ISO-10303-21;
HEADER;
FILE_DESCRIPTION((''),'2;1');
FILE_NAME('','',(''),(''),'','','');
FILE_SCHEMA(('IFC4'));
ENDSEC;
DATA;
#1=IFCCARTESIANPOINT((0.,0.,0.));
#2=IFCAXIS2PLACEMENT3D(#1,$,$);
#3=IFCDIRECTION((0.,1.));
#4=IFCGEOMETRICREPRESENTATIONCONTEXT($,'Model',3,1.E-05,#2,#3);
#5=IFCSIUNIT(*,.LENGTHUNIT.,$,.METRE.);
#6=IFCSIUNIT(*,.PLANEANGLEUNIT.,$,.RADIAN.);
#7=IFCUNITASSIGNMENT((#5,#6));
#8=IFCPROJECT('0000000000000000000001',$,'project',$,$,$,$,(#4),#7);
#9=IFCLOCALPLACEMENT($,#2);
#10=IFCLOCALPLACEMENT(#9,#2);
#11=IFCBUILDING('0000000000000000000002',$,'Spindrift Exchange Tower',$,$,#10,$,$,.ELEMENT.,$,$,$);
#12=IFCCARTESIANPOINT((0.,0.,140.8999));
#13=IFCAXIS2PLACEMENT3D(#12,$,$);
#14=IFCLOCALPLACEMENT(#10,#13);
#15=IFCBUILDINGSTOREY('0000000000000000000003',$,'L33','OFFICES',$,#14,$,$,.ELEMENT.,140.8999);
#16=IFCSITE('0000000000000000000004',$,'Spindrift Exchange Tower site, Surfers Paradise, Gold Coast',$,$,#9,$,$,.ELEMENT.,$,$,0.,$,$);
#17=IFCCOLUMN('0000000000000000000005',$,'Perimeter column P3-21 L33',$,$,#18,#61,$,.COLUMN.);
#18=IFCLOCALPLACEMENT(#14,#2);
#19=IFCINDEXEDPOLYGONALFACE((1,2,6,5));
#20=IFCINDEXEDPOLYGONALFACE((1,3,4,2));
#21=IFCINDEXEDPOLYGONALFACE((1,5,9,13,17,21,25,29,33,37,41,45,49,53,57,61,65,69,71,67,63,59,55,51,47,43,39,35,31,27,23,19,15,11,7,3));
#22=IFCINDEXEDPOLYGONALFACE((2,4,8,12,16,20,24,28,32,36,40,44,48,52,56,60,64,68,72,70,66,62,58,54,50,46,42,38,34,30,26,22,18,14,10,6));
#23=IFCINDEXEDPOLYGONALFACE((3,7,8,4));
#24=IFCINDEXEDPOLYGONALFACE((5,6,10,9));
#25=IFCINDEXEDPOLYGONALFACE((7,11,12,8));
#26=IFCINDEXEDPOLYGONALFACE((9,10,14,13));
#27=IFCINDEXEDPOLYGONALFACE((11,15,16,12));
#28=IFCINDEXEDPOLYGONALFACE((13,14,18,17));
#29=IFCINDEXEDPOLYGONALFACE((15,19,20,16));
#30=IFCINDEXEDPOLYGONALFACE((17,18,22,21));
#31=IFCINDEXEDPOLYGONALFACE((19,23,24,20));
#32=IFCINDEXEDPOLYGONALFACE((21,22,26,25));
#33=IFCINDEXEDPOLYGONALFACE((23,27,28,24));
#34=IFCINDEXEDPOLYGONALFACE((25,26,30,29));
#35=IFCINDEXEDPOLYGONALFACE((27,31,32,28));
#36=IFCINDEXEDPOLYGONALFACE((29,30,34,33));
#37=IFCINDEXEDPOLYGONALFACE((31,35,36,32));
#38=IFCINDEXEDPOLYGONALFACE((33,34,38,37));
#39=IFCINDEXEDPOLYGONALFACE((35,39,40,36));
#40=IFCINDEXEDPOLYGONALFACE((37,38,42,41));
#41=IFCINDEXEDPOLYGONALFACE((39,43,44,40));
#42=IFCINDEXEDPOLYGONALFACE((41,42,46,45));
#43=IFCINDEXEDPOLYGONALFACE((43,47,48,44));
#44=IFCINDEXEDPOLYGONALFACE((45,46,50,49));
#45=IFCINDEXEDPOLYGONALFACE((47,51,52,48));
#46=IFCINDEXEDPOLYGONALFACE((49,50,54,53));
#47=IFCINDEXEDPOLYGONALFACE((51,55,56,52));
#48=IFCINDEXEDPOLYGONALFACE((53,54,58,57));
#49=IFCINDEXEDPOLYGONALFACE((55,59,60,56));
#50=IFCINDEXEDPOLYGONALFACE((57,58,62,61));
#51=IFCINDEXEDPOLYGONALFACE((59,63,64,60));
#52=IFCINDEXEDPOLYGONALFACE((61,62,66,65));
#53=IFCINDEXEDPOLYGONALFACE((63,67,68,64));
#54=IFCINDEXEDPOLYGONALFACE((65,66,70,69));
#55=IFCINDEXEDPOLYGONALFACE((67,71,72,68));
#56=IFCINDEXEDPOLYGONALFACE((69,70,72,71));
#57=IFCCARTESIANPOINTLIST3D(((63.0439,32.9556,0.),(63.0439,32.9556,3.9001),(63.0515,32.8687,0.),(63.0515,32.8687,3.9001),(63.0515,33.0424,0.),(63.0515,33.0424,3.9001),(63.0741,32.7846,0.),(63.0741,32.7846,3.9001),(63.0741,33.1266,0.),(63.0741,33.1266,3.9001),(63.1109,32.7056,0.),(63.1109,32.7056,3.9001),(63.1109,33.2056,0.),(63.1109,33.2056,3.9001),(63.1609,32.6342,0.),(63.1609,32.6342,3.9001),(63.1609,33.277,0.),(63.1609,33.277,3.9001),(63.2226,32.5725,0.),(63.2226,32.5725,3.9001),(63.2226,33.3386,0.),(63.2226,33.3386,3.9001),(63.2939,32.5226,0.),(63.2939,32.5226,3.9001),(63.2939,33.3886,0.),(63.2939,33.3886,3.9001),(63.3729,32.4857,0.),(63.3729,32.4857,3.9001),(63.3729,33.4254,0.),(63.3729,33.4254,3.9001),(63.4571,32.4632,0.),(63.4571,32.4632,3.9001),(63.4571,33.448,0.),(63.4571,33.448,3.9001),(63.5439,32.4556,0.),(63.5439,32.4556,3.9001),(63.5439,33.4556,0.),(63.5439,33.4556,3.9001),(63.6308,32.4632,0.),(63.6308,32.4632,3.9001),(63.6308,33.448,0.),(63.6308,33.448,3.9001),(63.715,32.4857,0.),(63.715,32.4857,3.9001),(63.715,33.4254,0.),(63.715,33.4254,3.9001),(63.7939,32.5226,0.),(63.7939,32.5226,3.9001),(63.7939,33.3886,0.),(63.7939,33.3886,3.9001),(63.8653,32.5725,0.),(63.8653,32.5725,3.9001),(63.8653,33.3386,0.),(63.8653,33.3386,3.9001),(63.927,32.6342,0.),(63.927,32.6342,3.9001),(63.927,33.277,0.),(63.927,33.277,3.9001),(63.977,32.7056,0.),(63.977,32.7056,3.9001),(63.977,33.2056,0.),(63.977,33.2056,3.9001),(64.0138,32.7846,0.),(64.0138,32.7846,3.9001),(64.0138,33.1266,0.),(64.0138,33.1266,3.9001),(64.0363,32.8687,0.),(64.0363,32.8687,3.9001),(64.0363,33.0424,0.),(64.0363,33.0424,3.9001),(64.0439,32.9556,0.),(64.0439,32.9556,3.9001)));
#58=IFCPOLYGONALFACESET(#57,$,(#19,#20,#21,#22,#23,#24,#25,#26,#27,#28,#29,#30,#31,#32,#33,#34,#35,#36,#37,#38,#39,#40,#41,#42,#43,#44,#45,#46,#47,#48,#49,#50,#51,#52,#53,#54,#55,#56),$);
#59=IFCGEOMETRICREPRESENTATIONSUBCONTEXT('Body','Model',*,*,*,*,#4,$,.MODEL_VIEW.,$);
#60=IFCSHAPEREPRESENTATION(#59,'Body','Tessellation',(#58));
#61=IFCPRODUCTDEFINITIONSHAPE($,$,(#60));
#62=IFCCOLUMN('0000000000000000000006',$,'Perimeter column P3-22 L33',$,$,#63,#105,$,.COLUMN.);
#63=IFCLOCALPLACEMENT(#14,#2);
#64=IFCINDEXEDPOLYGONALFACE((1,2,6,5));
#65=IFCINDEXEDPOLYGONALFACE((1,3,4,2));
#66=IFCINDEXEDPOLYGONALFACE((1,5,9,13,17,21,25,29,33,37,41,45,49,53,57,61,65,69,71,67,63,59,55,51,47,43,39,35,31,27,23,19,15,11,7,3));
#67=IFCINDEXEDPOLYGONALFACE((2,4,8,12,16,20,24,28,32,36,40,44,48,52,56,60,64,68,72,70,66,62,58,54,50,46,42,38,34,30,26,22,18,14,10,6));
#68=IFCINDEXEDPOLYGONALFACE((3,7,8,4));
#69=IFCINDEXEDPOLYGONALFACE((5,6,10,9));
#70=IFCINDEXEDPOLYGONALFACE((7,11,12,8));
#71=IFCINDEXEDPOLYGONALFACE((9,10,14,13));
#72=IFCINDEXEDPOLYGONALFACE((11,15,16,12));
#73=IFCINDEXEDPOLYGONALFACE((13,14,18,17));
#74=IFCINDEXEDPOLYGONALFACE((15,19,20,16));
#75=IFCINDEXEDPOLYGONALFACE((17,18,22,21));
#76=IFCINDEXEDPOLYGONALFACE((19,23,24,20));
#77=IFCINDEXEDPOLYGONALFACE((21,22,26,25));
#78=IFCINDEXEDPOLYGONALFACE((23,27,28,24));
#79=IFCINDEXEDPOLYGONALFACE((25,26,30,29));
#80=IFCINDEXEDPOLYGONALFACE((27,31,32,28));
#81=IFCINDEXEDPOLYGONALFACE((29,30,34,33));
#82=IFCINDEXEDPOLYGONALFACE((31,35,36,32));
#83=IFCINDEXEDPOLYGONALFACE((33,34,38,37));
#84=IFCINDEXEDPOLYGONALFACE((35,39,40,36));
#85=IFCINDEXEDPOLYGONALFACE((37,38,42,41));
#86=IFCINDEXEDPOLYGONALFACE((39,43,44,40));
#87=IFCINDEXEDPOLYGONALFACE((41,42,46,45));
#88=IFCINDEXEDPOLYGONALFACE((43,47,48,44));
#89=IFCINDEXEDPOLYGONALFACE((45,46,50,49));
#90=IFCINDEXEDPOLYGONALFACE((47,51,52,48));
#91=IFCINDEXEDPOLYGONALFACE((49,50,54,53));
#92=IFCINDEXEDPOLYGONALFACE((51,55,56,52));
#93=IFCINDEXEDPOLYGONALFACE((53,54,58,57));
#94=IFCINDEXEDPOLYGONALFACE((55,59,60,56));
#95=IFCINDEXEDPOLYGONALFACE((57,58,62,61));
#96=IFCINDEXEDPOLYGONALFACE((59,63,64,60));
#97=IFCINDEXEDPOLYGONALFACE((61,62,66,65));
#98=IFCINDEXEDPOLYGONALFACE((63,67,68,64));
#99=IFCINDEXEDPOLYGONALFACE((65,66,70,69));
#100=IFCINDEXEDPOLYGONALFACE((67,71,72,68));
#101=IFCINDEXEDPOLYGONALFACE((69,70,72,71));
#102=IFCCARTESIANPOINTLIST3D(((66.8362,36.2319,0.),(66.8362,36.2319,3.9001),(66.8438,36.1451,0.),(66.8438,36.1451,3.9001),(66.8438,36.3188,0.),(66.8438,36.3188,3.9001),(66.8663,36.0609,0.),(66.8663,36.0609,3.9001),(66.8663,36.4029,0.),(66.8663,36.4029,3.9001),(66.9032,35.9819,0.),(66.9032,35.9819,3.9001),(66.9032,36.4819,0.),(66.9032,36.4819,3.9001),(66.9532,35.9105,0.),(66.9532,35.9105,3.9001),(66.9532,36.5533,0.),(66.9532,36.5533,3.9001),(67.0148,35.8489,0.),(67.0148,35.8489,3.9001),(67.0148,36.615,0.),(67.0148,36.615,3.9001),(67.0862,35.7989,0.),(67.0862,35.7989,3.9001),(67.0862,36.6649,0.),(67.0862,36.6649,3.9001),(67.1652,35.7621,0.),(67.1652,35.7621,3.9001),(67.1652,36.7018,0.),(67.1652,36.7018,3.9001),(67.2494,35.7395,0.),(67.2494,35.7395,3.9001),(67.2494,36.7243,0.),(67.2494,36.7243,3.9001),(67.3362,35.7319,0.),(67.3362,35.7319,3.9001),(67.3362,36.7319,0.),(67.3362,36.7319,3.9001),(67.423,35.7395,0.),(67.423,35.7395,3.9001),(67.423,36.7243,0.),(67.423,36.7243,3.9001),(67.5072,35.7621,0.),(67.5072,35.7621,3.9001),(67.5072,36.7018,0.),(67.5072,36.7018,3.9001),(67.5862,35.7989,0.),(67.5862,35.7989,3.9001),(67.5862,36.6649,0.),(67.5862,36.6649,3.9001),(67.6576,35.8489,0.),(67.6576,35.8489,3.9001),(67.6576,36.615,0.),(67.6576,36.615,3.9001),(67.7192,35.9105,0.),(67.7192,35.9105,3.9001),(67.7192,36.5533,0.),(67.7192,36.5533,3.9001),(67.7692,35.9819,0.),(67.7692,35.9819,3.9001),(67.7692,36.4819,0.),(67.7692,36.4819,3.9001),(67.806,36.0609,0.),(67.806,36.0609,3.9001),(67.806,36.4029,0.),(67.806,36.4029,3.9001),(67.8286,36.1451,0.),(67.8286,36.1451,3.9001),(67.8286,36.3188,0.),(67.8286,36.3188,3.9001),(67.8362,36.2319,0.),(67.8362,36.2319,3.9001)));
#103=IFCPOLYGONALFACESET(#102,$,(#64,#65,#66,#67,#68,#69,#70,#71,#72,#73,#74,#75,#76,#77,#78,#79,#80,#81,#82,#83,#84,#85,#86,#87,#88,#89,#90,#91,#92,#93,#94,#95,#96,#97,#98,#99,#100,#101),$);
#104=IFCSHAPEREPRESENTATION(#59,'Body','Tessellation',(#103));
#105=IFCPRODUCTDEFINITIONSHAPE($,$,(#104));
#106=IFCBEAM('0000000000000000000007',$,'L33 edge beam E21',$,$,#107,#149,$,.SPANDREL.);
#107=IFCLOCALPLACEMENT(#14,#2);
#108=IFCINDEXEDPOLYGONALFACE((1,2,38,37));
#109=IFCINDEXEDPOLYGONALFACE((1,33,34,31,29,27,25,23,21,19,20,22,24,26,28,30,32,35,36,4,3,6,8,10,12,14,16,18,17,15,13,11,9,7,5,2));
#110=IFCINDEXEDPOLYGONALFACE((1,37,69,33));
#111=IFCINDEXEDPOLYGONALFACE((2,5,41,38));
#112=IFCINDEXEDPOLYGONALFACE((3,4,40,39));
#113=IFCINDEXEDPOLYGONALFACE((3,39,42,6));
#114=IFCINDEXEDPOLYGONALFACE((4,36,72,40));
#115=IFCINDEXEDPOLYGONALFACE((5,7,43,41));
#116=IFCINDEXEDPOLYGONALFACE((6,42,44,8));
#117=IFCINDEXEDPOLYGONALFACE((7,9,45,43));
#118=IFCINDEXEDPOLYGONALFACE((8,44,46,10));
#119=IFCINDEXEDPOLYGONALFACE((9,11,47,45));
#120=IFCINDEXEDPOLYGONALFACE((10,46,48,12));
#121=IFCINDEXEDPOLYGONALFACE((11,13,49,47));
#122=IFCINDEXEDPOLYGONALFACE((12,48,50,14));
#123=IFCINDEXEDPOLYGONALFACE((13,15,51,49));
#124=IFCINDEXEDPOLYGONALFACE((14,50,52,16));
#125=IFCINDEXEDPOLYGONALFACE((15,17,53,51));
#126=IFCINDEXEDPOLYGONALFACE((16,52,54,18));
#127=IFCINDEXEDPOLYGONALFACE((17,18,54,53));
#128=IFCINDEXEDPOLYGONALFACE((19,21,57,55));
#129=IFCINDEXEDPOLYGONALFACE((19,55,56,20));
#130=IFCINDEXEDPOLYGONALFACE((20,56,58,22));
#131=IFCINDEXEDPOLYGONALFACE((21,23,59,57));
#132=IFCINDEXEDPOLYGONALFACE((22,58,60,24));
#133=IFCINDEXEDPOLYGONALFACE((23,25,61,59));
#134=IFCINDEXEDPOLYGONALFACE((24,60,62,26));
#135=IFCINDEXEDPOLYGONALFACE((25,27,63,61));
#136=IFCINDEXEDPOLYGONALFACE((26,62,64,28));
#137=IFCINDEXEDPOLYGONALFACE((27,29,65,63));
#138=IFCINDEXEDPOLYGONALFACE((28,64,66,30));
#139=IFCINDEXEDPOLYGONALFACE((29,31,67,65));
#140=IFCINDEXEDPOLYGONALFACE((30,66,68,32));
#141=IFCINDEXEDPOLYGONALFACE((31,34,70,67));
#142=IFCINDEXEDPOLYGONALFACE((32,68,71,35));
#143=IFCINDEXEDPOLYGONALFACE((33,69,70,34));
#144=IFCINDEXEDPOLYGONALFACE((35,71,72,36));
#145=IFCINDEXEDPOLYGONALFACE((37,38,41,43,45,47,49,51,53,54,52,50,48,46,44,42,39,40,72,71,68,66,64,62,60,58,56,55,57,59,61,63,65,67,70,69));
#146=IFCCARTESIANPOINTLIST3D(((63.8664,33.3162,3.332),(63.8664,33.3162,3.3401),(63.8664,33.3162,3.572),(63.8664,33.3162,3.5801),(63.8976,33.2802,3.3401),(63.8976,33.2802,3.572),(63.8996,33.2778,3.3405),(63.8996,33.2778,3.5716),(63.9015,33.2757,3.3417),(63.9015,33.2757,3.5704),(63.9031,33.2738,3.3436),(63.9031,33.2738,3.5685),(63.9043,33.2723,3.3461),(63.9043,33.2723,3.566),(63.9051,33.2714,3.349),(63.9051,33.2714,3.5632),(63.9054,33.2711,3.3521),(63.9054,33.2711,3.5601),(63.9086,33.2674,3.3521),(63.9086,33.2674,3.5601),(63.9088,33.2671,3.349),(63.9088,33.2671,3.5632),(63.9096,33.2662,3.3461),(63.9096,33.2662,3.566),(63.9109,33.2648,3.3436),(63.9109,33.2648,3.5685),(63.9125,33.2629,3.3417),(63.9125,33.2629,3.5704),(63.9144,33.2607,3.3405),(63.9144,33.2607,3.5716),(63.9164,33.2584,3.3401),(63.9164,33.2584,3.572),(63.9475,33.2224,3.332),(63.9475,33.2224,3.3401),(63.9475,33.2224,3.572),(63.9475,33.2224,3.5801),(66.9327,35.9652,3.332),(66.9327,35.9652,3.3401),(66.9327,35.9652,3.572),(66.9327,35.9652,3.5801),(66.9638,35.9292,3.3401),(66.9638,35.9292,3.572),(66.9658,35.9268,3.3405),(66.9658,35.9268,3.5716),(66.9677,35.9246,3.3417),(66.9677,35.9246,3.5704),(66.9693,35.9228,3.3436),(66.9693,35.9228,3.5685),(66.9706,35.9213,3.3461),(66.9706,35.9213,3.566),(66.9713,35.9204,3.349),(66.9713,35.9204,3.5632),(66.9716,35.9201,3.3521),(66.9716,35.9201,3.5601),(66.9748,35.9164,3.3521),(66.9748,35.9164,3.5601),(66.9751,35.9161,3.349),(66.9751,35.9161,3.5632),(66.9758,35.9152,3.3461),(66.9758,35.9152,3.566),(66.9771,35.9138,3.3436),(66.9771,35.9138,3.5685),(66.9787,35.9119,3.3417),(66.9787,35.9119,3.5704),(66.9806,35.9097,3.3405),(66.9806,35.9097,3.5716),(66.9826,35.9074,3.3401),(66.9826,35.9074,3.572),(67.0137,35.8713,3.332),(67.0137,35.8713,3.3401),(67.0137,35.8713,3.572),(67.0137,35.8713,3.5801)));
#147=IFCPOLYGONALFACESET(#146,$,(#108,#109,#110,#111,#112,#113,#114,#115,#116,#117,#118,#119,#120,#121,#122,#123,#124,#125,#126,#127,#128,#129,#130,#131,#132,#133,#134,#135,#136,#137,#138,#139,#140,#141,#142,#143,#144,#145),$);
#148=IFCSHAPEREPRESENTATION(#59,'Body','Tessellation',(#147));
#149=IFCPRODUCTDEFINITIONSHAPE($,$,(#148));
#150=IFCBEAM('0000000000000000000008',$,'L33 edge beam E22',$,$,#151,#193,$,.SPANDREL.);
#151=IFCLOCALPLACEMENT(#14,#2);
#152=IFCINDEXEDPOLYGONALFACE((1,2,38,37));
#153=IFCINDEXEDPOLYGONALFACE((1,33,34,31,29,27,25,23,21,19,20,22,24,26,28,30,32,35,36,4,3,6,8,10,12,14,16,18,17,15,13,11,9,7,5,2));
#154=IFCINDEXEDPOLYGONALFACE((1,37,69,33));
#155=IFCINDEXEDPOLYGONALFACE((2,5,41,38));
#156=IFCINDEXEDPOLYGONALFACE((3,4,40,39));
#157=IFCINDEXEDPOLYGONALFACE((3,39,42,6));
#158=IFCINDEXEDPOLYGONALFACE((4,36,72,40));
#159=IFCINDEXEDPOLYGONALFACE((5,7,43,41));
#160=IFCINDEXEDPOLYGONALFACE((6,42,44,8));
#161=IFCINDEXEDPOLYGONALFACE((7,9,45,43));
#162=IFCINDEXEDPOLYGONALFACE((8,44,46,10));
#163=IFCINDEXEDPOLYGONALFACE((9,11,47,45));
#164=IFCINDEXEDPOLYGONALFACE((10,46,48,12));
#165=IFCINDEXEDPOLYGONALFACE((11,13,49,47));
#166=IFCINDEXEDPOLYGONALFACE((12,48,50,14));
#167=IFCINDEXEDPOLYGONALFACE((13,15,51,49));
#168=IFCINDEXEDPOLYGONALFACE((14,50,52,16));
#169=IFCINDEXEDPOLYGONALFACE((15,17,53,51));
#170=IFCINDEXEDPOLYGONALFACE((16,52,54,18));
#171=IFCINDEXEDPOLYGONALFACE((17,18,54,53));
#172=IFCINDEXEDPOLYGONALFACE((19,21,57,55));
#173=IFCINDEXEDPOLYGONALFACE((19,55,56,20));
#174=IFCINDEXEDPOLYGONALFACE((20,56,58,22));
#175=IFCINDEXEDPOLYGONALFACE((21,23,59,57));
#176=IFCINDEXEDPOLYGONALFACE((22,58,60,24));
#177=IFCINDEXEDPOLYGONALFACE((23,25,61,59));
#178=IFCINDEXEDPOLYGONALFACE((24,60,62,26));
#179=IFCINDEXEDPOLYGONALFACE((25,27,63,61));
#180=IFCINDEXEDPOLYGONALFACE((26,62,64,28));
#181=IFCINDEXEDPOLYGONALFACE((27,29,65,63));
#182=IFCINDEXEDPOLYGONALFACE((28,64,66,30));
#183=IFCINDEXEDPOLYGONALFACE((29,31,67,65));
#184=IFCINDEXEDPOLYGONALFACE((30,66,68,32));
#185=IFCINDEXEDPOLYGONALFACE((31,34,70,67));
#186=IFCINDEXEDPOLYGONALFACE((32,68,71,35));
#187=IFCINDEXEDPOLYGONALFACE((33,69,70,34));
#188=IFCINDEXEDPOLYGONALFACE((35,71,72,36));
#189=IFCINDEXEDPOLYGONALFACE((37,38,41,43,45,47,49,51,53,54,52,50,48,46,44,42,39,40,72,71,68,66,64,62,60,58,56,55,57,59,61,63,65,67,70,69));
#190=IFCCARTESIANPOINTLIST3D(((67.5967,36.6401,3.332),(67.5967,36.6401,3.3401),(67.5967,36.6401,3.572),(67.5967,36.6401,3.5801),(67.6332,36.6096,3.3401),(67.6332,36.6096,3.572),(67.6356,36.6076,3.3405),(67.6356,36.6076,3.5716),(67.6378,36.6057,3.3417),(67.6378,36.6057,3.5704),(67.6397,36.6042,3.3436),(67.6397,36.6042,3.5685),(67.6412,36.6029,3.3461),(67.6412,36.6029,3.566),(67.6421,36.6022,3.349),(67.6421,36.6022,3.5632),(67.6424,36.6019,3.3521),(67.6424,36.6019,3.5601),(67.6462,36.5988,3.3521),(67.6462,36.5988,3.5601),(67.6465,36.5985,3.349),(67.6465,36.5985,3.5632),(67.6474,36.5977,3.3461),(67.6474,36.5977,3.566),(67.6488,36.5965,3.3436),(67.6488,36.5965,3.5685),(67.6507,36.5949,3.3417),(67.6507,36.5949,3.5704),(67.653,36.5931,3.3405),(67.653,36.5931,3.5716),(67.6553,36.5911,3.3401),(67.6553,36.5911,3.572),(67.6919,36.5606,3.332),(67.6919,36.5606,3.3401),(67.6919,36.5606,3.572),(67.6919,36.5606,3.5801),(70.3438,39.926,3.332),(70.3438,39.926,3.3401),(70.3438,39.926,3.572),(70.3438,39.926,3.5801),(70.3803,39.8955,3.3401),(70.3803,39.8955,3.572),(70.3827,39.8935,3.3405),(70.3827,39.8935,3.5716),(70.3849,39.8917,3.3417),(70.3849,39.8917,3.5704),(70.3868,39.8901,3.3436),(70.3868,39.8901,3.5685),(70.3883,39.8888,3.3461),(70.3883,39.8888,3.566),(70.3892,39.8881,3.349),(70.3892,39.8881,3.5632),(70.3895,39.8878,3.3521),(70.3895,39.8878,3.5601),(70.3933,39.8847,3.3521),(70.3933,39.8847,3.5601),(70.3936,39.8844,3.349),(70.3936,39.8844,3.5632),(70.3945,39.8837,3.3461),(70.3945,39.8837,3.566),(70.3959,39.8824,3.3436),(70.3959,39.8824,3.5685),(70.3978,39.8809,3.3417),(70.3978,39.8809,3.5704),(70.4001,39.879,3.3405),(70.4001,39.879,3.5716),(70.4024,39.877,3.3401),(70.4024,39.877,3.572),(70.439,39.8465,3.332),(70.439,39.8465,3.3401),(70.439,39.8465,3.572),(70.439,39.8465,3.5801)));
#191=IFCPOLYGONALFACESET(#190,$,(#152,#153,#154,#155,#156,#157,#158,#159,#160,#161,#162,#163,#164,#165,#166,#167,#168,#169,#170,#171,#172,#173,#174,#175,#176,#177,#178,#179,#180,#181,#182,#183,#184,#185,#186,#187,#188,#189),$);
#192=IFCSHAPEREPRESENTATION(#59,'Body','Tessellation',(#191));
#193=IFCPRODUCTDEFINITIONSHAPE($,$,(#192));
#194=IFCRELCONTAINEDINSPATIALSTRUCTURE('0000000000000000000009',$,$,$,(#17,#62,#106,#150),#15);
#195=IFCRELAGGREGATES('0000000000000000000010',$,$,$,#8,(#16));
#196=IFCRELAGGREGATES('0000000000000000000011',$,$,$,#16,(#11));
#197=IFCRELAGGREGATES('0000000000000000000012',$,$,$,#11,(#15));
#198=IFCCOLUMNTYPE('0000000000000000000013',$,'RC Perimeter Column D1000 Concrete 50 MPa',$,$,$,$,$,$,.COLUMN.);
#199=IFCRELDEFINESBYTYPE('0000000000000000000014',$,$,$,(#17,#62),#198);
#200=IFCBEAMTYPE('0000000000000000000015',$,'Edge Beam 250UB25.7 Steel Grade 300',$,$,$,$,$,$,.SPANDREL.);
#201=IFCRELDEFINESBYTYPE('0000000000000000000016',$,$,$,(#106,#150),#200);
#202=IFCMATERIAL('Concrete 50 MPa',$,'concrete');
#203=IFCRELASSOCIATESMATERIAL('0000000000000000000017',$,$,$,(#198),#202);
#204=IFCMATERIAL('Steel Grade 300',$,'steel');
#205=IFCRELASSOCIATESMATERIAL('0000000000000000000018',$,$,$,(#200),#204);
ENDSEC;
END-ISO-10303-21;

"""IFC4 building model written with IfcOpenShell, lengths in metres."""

from ifc_helpers import new_model, si_unit, direction, frame, origin, origin_2d, place, context, subcontext, project, spatial, circle, i_section, extrude, source, transform, mapped, material, material_profile, profile_set, type_object, element, save


model = new_model("IFC4")

# Units and contexts
model_context = context("Model", 3, precision=1e-05, world=origin(), true_north=direction((0.0, 1.0)))
body_context = subcontext(model_context, "Body", "Model", "MODEL_VIEW")
ifc_project = project(units=[si_unit("LENGTHUNIT", "METRE"), si_unit("PLANEANGLEUNIT", "RADIAN")], contexts=[model_context])

# Site, building, storey
site_placement = place(None, origin())
site = spatial("IfcSite", under=ifc_project, at=site_placement, Name="Spindrift Exchange Tower site, Surfers Paradise, Gold Coast", CompositionType="ELEMENT", RefElevation=0.0)
building_placement = place(site_placement, origin())
building = spatial("IfcBuilding", under=site, at=building_placement, Name="Spindrift Exchange Tower", CompositionType="ELEMENT")
storey_placement = place(building_placement, frame((0.0, 0.0, 140.8999)))
storey = spatial("IfcBuildingStorey", under=building, at=storey_placement, Name="L33", Description="OFFICES", CompositionType="ELEMENT", Elevation=140.8999)

# Columns
ifc_material_1 = material(Name="Concrete 50 MPa", Category="concrete")
ifc_material_profile_1 = material_profile(ifc_material_1, circle(Radius=0.5, at=origin_2d()), Name="RC D1000")
ifc_profile_set_1 = profile_set([ifc_material_profile_1], Name="Concrete 50 MPa")
column_type = type_object("IfcColumnType", Name="RC Perimeter Column D1000 Concrete 50 MPa", PredefinedType="COLUMN", material=ifc_profile_set_1)
shared_shape_1 = source(origin(), body_context, "Body", "SweptSolid", [
    extrude(circle(Radius=0.5, at=origin_2d()), origin(), (0.0, 0.0, 1.0), 3.9001),
])
for number, where, z_axis, x_axis, name in (
    (1, (63.5439, 32.9556, 0.0), (0.0, 0.0, 1.0), (1.0, 0.0, 0.0), "Perimeter column P3-21 L33"),
    (2, (67.3362, 36.2319, 0.0), (0.0, 0.0, 1.0), (1.0, 0.0, 0.0), "Perimeter column P3-22 L33"),
):
    element("IfcColumn", number, at=place(storey_placement, frame(where, z_axis=z_axis, x_axis=x_axis)), inside=storey, type_object=column_type, Name=name, PredefinedType="COLUMN", context=body_context, shape_type="MappedRepresentation", body=[
        mapped(shared_shape_1, transform((0.0, 0.0, 0.0), scale=1.0)),
    ])

# Beams
ifc_material_2 = material(Name="Steel Grade 300", Category="steel")
ifc_material_profile_2 = material_profile(ifc_material_2, i_section(OverallWidth=0.124, OverallDepth=0.248, WebThickness=0.0049, FlangeThickness=0.0081, FilletRadius=0.012, at=origin_2d()), Name="250UB25.7")
ifc_profile_set_2 = profile_set([ifc_material_profile_2], Name="Steel Grade 300")
beam_type = type_object("IfcBeamType", Name="Edge Beam 250UB25.7 Steel Grade 300", PredefinedType="SPANDREL", material=ifc_profile_set_2)
shared_shape_2 = source(origin(), body_context, "Body", "SweptSolid", [
    extrude(i_section(OverallWidth=0.124, OverallDepth=0.248, WebThickness=0.0049, FlangeThickness=0.0081, FilletRadius=0.012, at=origin_2d()), origin(), (0.0, 0.0, 1.0), 4.052),
])
beam_1_placement = place(storey_placement, frame((63.907, 33.2693, 3.4561), z_axis=(0.756716, 0.653744, 0.0), x_axis=(-0.653744, 0.756716, 0.0)))
element("IfcBeam", 3, at=beam_1_placement, inside=storey, type_object=beam_type, Name="L33 edge beam E21", PredefinedType="SPANDREL", context=body_context, shape_type="MappedRepresentation", body=[
    mapped(shared_shape_2, transform((0.0, 0.0, 0.0), scale=1.0)),
])
shared_shape_3 = source(origin(), body_context, "Body", "SweptSolid", [
    extrude(i_section(OverallWidth=0.124, OverallDepth=0.248, WebThickness=0.0049, FlangeThickness=0.0081, FilletRadius=0.012, at=origin_2d()), origin(), (0.0, 0.0, 1.0), 4.283),
])
beam_2_placement = place(storey_placement, frame((67.6443, 36.6003, 3.4561), z_axis=(0.6414, 0.767206, 0.0), x_axis=(-0.767206, 0.6414, 0.0)))
element("IfcBeam", 4, at=beam_2_placement, inside=storey, type_object=beam_type, Name="L33 edge beam E22", PredefinedType="SPANDREL", context=body_context, shape_type="MappedRepresentation", body=[
    mapped(shared_shape_3, transform((0.0, 0.0, 0.0), scale=1.0)),
])

save(model, "model.ifc")
